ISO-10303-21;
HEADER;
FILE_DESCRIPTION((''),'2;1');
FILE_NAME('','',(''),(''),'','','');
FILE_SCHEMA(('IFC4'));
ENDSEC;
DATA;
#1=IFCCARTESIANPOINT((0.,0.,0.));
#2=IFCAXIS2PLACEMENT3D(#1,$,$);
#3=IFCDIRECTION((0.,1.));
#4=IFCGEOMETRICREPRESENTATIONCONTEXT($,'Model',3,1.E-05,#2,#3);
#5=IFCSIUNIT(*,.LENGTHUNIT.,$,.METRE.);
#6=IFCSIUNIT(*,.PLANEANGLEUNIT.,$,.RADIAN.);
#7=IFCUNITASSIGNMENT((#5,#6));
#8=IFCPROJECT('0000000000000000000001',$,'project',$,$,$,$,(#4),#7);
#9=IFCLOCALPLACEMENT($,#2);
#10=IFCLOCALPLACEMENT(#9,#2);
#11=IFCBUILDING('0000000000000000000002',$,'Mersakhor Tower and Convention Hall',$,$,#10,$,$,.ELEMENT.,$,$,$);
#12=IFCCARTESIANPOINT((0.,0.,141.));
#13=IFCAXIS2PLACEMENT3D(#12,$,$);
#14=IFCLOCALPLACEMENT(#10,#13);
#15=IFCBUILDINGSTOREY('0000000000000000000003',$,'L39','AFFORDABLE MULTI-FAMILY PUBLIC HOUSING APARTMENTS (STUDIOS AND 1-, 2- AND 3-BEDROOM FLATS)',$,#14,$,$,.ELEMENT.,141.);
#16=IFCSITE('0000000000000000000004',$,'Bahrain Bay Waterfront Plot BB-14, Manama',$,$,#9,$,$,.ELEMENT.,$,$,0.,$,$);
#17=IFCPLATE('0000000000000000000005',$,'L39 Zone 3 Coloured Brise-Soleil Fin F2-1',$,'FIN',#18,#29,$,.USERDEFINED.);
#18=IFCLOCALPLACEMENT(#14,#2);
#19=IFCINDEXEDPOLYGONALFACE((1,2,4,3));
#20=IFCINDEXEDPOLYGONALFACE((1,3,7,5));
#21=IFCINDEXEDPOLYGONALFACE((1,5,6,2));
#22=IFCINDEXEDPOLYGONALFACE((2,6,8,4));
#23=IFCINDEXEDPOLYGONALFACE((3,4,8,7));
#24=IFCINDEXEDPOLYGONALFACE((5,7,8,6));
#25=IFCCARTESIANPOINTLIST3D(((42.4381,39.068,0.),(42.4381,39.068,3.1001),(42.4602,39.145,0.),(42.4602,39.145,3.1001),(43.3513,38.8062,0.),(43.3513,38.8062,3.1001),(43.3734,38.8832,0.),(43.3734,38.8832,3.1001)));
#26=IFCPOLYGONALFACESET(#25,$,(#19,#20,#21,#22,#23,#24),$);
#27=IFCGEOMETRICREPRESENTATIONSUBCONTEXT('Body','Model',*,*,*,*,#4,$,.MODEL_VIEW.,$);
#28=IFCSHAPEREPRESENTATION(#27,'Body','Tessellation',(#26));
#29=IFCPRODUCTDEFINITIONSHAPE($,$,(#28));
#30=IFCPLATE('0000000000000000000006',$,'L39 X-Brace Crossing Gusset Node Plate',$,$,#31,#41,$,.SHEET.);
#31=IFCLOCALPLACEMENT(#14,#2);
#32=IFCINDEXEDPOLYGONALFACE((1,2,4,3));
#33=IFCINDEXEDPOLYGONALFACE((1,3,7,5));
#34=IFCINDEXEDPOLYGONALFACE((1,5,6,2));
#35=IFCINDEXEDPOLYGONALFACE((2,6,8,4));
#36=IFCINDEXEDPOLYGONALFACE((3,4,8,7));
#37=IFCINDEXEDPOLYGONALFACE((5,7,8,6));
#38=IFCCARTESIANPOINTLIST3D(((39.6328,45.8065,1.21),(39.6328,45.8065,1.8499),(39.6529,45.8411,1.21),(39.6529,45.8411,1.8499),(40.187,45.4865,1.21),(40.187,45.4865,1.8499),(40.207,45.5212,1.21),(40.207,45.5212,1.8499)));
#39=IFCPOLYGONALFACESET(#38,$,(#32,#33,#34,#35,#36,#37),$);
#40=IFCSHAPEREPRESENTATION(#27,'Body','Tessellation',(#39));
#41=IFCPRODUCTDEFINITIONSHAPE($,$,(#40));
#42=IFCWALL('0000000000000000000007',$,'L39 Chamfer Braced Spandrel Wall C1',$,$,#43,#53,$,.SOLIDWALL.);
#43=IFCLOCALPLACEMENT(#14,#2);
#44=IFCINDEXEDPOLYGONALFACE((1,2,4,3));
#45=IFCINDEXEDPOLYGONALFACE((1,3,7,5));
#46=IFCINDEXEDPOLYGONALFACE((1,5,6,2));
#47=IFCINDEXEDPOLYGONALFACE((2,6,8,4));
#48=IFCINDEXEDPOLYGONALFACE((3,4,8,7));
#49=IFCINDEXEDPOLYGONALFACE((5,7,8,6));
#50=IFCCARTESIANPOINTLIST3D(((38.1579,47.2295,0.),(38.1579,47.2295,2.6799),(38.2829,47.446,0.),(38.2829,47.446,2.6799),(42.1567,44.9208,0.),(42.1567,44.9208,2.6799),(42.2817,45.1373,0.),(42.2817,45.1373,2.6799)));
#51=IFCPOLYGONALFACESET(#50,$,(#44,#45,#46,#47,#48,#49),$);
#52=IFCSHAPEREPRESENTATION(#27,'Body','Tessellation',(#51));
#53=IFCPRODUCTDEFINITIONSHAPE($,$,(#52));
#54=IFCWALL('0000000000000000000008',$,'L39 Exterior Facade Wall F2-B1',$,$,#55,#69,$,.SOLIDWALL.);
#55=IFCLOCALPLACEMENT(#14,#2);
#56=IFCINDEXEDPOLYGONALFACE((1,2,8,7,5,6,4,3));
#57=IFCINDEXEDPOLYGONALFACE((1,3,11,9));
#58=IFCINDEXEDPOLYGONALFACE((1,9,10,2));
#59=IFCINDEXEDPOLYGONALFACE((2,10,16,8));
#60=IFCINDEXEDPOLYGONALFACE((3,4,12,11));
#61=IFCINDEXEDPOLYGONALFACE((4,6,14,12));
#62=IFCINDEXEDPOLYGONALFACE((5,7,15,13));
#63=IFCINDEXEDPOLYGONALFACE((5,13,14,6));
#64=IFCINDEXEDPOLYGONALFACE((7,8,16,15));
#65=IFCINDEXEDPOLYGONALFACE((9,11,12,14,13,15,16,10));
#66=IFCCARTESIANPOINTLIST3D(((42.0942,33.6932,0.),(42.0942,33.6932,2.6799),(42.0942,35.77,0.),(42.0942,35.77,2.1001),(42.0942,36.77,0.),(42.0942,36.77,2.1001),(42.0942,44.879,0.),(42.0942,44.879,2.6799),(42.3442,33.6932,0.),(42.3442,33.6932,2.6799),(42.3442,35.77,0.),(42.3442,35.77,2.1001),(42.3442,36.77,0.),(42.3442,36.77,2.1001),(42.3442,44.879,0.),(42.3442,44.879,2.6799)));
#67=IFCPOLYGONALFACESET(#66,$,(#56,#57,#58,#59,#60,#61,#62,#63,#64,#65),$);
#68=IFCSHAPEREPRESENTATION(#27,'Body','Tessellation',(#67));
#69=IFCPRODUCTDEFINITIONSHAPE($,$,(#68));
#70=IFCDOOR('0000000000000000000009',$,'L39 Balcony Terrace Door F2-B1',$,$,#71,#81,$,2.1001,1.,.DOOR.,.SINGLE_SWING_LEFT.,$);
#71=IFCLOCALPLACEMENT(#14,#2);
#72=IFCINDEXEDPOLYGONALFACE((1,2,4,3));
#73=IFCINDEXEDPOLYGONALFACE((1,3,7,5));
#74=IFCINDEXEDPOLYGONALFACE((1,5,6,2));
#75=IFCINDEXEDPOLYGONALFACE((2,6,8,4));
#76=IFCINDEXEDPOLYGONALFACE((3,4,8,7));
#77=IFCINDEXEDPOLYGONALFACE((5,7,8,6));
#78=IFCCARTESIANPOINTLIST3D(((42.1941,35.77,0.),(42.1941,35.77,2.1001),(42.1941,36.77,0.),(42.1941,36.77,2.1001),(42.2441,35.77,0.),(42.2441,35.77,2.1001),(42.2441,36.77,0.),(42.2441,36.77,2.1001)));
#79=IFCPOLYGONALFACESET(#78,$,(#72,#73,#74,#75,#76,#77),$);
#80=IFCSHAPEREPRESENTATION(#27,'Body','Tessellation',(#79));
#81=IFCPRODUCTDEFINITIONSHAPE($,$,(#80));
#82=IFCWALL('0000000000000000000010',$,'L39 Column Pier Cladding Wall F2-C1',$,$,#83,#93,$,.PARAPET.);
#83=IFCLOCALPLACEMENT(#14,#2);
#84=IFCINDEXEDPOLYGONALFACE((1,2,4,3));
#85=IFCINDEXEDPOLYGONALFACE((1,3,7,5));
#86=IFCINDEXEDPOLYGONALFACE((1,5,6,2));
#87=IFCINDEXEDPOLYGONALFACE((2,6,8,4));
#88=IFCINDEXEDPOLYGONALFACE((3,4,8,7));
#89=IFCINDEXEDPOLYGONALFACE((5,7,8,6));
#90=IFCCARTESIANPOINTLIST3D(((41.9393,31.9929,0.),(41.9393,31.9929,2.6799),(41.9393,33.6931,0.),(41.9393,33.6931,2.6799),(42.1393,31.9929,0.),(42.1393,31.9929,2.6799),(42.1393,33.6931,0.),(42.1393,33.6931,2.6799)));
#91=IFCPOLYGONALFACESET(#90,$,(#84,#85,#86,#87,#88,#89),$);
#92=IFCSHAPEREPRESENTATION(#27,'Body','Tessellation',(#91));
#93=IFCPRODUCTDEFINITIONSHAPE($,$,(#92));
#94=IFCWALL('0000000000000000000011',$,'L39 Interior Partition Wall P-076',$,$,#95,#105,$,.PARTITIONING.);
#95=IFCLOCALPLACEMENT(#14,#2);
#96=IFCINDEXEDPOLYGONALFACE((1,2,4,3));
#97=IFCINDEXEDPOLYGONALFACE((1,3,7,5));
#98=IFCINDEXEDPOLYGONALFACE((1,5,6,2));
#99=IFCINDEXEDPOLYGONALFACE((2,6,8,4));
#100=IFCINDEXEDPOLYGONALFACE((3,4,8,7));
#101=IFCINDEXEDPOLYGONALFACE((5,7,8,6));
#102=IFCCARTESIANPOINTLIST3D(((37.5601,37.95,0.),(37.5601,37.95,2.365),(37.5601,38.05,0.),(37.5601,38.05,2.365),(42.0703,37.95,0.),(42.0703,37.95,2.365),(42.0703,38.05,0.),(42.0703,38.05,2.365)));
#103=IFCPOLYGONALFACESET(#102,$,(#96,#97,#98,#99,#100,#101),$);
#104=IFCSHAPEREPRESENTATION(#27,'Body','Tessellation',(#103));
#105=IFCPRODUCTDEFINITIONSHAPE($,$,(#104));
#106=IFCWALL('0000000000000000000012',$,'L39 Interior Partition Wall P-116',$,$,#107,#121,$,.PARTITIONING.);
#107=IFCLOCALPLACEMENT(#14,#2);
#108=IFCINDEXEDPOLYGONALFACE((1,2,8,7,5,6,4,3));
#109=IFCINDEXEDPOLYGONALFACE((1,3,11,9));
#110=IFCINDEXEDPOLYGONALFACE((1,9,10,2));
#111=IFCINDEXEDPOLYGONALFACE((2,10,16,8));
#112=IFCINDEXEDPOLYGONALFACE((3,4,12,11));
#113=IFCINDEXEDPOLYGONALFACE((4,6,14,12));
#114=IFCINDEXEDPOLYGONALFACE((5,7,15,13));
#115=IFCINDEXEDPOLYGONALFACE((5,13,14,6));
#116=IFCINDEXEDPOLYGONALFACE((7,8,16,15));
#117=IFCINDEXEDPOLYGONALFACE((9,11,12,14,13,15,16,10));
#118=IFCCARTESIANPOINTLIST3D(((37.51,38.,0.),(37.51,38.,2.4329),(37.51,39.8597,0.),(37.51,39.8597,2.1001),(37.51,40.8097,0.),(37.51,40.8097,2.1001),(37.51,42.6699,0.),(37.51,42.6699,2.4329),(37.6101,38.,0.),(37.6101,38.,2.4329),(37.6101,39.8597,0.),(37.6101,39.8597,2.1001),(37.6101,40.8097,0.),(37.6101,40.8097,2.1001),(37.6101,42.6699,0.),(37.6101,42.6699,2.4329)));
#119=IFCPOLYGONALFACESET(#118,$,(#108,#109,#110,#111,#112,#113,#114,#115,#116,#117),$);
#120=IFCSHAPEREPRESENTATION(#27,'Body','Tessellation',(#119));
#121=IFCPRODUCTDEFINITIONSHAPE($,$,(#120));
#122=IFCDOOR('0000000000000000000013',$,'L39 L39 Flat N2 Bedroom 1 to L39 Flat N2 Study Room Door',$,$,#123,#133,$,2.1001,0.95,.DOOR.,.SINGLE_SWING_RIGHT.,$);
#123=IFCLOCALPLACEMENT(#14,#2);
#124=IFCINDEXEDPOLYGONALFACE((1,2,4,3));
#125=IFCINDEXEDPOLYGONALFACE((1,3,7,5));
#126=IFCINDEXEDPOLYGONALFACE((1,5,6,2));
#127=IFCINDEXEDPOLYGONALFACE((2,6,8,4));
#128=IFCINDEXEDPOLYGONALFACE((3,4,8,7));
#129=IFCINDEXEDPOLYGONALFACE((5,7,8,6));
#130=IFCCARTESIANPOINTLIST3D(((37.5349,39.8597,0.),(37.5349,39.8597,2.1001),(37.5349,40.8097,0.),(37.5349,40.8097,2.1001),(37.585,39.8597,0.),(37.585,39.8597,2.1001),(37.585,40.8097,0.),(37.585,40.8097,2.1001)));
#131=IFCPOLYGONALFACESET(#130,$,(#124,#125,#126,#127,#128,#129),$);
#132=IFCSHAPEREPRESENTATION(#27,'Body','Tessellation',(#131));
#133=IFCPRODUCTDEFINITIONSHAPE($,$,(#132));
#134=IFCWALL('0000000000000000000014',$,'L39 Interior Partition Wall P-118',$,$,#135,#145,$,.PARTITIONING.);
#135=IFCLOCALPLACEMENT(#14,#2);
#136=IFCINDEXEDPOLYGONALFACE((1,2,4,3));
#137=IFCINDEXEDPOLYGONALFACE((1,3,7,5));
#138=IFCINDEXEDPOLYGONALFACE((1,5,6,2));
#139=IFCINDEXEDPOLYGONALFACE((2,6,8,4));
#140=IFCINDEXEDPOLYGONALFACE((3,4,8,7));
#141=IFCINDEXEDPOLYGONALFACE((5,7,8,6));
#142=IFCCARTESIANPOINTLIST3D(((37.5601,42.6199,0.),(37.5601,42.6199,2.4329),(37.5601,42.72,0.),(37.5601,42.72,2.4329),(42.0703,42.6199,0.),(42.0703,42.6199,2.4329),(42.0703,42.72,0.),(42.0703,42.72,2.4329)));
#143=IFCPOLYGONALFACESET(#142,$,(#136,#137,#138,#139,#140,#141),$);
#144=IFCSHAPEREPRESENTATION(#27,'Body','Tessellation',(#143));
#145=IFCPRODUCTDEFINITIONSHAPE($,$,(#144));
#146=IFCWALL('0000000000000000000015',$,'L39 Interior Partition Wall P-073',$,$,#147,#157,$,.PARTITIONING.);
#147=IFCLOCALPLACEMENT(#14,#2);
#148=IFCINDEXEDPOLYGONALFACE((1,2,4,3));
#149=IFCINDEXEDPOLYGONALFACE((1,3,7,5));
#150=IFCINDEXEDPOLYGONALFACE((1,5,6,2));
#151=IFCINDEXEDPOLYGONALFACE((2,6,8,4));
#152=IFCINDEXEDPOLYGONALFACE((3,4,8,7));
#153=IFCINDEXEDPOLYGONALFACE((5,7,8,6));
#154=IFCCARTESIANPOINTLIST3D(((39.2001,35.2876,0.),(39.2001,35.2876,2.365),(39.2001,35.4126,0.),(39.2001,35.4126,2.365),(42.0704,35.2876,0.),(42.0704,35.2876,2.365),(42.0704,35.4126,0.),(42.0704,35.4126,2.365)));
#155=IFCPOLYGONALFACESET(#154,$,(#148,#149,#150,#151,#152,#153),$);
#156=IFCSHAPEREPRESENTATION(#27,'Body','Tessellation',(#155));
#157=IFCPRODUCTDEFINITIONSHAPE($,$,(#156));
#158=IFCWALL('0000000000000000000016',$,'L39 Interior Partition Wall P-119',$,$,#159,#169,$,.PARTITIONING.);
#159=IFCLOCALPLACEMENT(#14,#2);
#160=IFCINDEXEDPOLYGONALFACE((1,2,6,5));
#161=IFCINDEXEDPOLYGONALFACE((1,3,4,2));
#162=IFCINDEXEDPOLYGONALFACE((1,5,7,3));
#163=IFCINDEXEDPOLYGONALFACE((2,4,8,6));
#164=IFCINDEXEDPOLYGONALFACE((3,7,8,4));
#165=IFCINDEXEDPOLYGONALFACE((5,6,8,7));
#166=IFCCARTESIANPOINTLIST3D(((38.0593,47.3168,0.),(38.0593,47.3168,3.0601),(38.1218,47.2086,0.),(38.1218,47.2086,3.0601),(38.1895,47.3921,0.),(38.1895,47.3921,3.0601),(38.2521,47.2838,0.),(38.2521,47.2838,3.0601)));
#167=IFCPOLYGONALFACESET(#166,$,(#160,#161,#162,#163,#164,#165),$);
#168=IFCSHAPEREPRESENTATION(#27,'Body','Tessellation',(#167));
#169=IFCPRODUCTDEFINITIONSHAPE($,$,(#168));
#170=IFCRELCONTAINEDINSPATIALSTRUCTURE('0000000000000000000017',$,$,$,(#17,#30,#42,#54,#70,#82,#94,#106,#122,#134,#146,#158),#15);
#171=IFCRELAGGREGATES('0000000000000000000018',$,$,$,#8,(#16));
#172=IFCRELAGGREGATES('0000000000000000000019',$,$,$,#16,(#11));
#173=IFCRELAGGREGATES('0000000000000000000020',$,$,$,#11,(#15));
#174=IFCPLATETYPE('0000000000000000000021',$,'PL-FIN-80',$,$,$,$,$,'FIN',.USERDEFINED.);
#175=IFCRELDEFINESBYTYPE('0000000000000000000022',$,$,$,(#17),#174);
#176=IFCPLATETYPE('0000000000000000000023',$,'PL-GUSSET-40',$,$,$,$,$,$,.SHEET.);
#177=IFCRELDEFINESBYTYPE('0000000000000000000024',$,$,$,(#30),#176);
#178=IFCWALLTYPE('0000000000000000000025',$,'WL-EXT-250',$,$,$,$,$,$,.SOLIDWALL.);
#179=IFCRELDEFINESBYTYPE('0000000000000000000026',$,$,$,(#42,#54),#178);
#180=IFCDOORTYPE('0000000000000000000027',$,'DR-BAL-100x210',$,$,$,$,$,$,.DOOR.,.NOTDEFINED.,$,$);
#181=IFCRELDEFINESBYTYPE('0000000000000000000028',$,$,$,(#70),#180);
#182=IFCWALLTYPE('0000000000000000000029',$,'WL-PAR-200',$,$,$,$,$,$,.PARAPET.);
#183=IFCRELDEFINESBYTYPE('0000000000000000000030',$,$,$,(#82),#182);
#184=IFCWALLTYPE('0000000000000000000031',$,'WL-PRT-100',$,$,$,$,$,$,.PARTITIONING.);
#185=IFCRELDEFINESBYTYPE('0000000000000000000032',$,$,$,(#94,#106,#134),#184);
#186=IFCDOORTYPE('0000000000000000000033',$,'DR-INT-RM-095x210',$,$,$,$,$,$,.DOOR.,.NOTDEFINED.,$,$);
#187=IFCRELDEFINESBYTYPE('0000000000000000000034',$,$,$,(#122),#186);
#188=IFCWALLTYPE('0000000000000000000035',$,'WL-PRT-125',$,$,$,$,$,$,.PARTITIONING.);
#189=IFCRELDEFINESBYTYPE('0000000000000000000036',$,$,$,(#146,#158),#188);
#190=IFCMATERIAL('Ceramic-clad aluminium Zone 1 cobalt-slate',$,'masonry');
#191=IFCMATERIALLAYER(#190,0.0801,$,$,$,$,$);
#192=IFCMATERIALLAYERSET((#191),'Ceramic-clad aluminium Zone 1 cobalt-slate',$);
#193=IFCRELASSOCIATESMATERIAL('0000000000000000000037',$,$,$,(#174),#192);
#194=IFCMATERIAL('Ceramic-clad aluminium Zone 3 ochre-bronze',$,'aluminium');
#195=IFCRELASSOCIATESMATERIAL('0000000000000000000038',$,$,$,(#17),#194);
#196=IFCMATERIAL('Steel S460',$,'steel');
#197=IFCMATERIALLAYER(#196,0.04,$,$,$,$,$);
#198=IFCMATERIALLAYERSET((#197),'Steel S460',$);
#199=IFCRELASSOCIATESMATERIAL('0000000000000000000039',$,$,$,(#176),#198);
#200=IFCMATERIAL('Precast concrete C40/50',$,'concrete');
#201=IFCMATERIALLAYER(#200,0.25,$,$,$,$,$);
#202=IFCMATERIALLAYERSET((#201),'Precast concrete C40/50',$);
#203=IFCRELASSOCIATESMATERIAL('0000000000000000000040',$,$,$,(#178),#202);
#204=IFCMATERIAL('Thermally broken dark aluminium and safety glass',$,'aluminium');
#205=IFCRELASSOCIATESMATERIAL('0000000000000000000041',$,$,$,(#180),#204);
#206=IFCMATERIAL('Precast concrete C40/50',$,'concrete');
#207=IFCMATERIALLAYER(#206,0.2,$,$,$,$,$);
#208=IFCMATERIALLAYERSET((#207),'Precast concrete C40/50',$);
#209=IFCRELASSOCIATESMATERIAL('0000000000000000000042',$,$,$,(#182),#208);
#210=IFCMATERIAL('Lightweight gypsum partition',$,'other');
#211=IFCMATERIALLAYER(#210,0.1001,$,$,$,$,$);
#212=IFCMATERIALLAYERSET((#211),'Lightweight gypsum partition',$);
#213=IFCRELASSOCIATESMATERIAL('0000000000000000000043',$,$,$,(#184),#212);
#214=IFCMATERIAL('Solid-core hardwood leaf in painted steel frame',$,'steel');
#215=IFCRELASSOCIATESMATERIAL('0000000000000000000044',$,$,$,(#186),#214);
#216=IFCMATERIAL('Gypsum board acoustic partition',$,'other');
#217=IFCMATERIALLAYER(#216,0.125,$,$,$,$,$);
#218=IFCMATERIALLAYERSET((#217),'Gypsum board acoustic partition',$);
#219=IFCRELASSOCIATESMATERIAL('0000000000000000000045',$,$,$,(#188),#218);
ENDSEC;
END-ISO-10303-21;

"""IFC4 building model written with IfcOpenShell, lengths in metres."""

from ifc_helpers import new_model, si_unit, direction, frame, frame_2d, origin, origin_2d, place, context, subcontext, project, spatial, rectangle, extrude, material, layer, layer_set, type_object, element, fill, save


model = new_model("IFC4")

# Units and contexts
model_context = context("Model", 3, precision=1e-05, world=origin(), true_north=direction((0.0, 1.0)))
body_context = subcontext(model_context, "Body", "Model", "MODEL_VIEW")
ifc_project = project(units=[si_unit("LENGTHUNIT", "METRE"), si_unit("PLANEANGLEUNIT", "RADIAN")], contexts=[model_context])

# Site, building, storey
site_placement = place(None, origin())
site = spatial("IfcSite", under=ifc_project, at=site_placement, Name="Bahrain Bay Waterfront Plot BB-14, Manama", CompositionType="ELEMENT", RefElevation=0.0)
building_placement = place(site_placement, origin())
building = spatial("IfcBuilding", under=site, at=building_placement, Name="Mersakhor Tower and Convention Hall", CompositionType="ELEMENT")
storey_placement = place(building_placement, frame((0.0, 0.0, 141.0)))
storey = spatial("IfcBuildingStorey", under=building, at=storey_placement, Name="L39", Description="AFFORDABLE MULTI-FAMILY PUBLIC HOUSING APARTMENTS (STUDIOS AND 1-, 2- AND 3-BEDROOM FLATS)", CompositionType="ELEMENT", Elevation=141.0)

# Plates
ifc_material_1 = material(Name="Ceramic-clad aluminium Zone 3 ochre-bronze", Category="aluminium")
ifc_material_2 = material(Name="Ceramic-clad aluminium Zone 1 cobalt-slate", Category="masonry")
ifc_layer_1 = layer(ifc_material_2, 0.0801)
ifc_layer_set_1 = layer_set([ifc_layer_1], Name="Ceramic-clad aluminium Zone 1 cobalt-slate")
plate_type_1 = type_object("IfcPlateType", Name="PL-FIN-80", ElementType="FIN", PredefinedType="USERDEFINED", material=ifc_layer_set_1)
plate_1_placement = place(storey_placement, frame((42.9058, 38.9756, 0.0), z_axis=(0.0, 0.0, 1.0), x_axis=(0.961262, -0.275637, 0.0)))
element("IfcPlate", 1, at=plate_1_placement, inside=storey, type_object=plate_type_1, material=ifc_material_1, Name="L39 Zone 3 Coloured Brise-Soleil Fin F2-1", ObjectType="FIN", PredefinedType="USERDEFINED", context=body_context, shape_type="SweptSolid", body=[
    extrude(rectangle(XDim=0.95, YDim=0.0801, at=origin_2d()), origin(), (0.0, 0.0, 1.0), 3.1001),
])
ifc_material_3 = material(Name="Steel S460", Category="steel")
ifc_layer_2 = layer(ifc_material_3, 0.04)
ifc_layer_set_2 = layer_set([ifc_layer_2], Name="Steel S460")
plate_type_2 = type_object("IfcPlateType", Name="PL-GUSSET-40", PredefinedType="SHEET", material=ifc_layer_set_2)
plate_2_placement = place(storey_placement, frame((39.9199, 45.6638, 1.21), z_axis=(0.0, 0.0, 1.0), x_axis=(-0.866025, 0.5, 0.0)))
element("IfcPlate", 2, at=plate_2_placement, inside=storey, type_object=plate_type_2, Name="L39 X-Brace Crossing Gusset Node Plate", PredefinedType="SHEET", context=body_context, shape_type="SweptSolid", body=[
    extrude(rectangle(XDim=0.6399, YDim=0.04, at=origin_2d()), origin(), (0.0, 0.0, 1.0), 0.6399),
])

# Wall
ifc_material_4 = material(Name="Precast concrete C40/50", Category="concrete")
ifc_layer_3 = layer(ifc_material_4, 0.25)
ifc_layer_set_3 = layer_set([ifc_layer_3], Name="Precast concrete C40/50")
wall_type_1 = type_object("IfcWallType", Name="WL-EXT-250", PredefinedType="SOLIDWALL", material=ifc_layer_set_3)
wall_1_placement = place(storey_placement, frame((38.2205, 47.3376, 0.0), z_axis=(0.0, 0.0, 1.0), x_axis=(0.866035, -0.499983, 0.0)))
element("IfcWall", 3, at=wall_1_placement, inside=storey, type_object=wall_type_1, Name="L39 Chamfer Braced Spandrel Wall C1", PredefinedType="SOLIDWALL", context=body_context, shape_type="SweptSolid", body=[
    extrude(rectangle(XDim=4.6174, YDim=0.25, at=frame_2d((2.3086, 0.0))), origin(), (0.0, 0.0, 1.0), 2.6799),
])

# Wall, opening, door
wall_2_placement = place(storey_placement, frame((42.2192, 44.8789, 0.0), z_axis=(0.0, 0.0, 1.0), x_axis=(0.0, -1.0, 0.0)))
wall_2 = element("IfcWall", 4, at=wall_2_placement, inside=storey, type_object=wall_type_1, Name="L39 Exterior Facade Wall F2-B1", PredefinedType="SOLIDWALL", context=body_context, shape_type="SweptSolid", body=[
    extrude(rectangle(XDim=11.1858, YDim=0.25, at=frame_2d((5.5928, 0.0))), origin(), (0.0, 0.0, 1.0), 2.6799),
])
opening_1_placement = place(wall_2_placement, frame((8.1089, 0.0, 0.0)))
opening_1 = element("IfcOpeningElement", 5, at=opening_1_placement, cuts=wall_2, PredefinedType="OPENING", context=body_context, shape_type="SweptSolid", body=[
    extrude(rectangle(XDim=1.0, YDim=2.1001, at=frame_2d((0.5, 1.05))), frame((0.0, 0.135, 0.0), z_axis=(0.0, -1.0, 0.0), x_axis=(1.0, 0.0, 0.0)), (0.0, 0.0, 1.0), 0.27),
])
ifc_material_5 = material(Name="Thermally broken dark aluminium and safety glass", Category="aluminium")
door_type_1 = type_object("IfcDoorType", Name="DR-BAL-100x210", OperationType="NOTDEFINED", PredefinedType="DOOR", material=ifc_material_5)
door_1_placement = place(opening_1_placement, origin())
door_1 = element("IfcDoor", 6, at=door_1_placement, inside=storey, type_object=door_type_1, Name="L39 Balcony Terrace Door F2-B1", OperationType="SINGLE_SWING_LEFT", OverallHeight=2.1001, OverallWidth=1.0, PredefinedType="DOOR", context=body_context, shape_type="SweptSolid", body=[
    extrude(rectangle(XDim=1.0, YDim=2.1001, at=frame_2d((0.5, 1.05))), frame((0.0, 0.0249, 0.0), z_axis=(0.0, -1.0, 0.0), x_axis=(1.0, 0.0, 0.0)), (0.0, 0.0, 1.0), 0.05),
])
fill(opening_1, door_1)

# Walls
ifc_material_6 = material(Name="Precast concrete C40/50", Category="concrete")
ifc_layer_4 = layer(ifc_material_6, 0.2)
ifc_layer_set_4 = layer_set([ifc_layer_4], Name="Precast concrete C40/50")
wall_type_2 = type_object("IfcWallType", Name="WL-PAR-200", PredefinedType="PARAPET", material=ifc_layer_set_4)
wall_3_placement = place(storey_placement, frame((42.0393, 33.6931, 0.0), z_axis=(0.0, 0.0, 1.0), x_axis=(0.0, -1.0, 0.0)))
element("IfcWall", 7, at=wall_3_placement, inside=storey, type_object=wall_type_2, Name="L39 Column Pier Cladding Wall F2-C1", PredefinedType="PARAPET", context=body_context, shape_type="SweptSolid", body=[
    extrude(rectangle(XDim=1.7002, YDim=0.2, at=frame_2d((0.8501, 0.0))), origin(), (0.0, 0.0, 1.0), 2.6799),
])
ifc_material_7 = material(Name="Lightweight gypsum partition", Category="other")
ifc_layer_5 = layer(ifc_material_7, 0.1001)
ifc_layer_set_5 = layer_set([ifc_layer_5], Name="Lightweight gypsum partition")
wall_type_3 = type_object("IfcWallType", Name="WL-PRT-100", PredefinedType="PARTITIONING", material=ifc_layer_set_5)
wall_4_placement = place(storey_placement, frame((37.5601, 38.0, 0.0), z_axis=(0.0, 0.0, 1.0), x_axis=(1.0, 0.0, 0.0)))
element("IfcWall", 8, at=wall_4_placement, inside=storey, type_object=wall_type_3, Name="L39 Interior Partition Wall P-076", PredefinedType="PARTITIONING", context=body_context, shape_type="SweptSolid", body=[
    extrude(rectangle(XDim=4.5103, YDim=0.1001, at=frame_2d((2.2551, 0.0))), origin(), (0.0, 0.0, 1.0), 2.365),
])

# Wall, opening, door
wall_5_placement = place(storey_placement, frame((37.5601, 42.6699, 0.0), z_axis=(0.0, 0.0, 1.0), x_axis=(0.0, -1.0, 0.0)))
wall_5 = element("IfcWall", 9, at=wall_5_placement, inside=storey, type_object=wall_type_3, Name="L39 Interior Partition Wall P-116", PredefinedType="PARTITIONING", context=body_context, shape_type="SweptSolid", body=[
    extrude(rectangle(XDim=4.6699, YDim=0.1001, at=frame_2d((2.335, 0.0))), origin(), (0.0, 0.0, 1.0), 2.4329),
])
opening_2_placement = place(wall_5_placement, frame((1.8601, 0.0, 0.0)))
opening_2 = element("IfcOpeningElement", 10, at=opening_2_placement, cuts=wall_5, PredefinedType="OPENING", context=body_context, shape_type="SweptSolid", body=[
    extrude(rectangle(XDim=0.95, YDim=2.1001, at=frame_2d((0.4751, 1.05))), frame((0.0, 0.0601, 0.0), z_axis=(0.0, -1.0, 0.0), x_axis=(1.0, 0.0, 0.0)), (0.0, 0.0, 1.0), 0.1201),
])
ifc_material_8 = material(Name="Solid-core hardwood leaf in painted steel frame", Category="steel")
door_type_2 = type_object("IfcDoorType", Name="DR-INT-RM-095x210", OperationType="NOTDEFINED", PredefinedType="DOOR", material=ifc_material_8)
door_2_placement = place(opening_2_placement, origin())
door_2 = element("IfcDoor", 11, at=door_2_placement, inside=storey, type_object=door_type_2, Name="L39 L39 Flat N2 Bedroom 1 to L39 Flat N2 Study Room Door", OperationType="SINGLE_SWING_RIGHT", OverallHeight=2.1001, OverallWidth=0.95, PredefinedType="DOOR", context=body_context, shape_type="SweptSolid", body=[
    extrude(rectangle(XDim=0.95, YDim=2.1001, at=frame_2d((0.4751, 1.05))), frame((0.0, 0.0249, 0.0), z_axis=(0.0, -1.0, 0.0), x_axis=(1.0, 0.0, 0.0)), (0.0, 0.0, 1.0), 0.05),
])
fill(opening_2, door_2)

# Walls
wall_6_placement = place(storey_placement, frame((37.5601, 42.6699, 0.0), z_axis=(0.0, 0.0, 1.0), x_axis=(1.0, 0.0, 0.0)))
element("IfcWall", 12, at=wall_6_placement, inside=storey, type_object=wall_type_3, Name="L39 Interior Partition Wall P-118", PredefinedType="PARTITIONING", context=body_context, shape_type="SweptSolid", body=[
    extrude(rectangle(XDim=4.5103, YDim=0.1001, at=frame_2d((2.2551, 0.0))), origin(), (0.0, 0.0, 1.0), 2.4329),
])
ifc_material_9 = material(Name="Gypsum board acoustic partition", Category="other")
ifc_layer_6 = layer(ifc_material_9, 0.125)
ifc_layer_set_6 = layer_set([ifc_layer_6], Name="Gypsum board acoustic partition")
wall_type_4 = type_object("IfcWallType", Name="WL-PRT-125", PredefinedType="PARTITIONING", material=ifc_layer_set_6)
wall_7_placement = place(storey_placement, frame((42.0703, 35.3501, 0.0), z_axis=(0.0, 0.0, 1.0), x_axis=(-1.0, 0.0, 0.0)))
element("IfcWall", 13, at=wall_7_placement, inside=storey, type_object=wall_type_4, Name="L39 Interior Partition Wall P-073", PredefinedType="PARTITIONING", context=body_context, shape_type="SweptSolid", body=[
    extrude(rectangle(XDim=2.8704, YDim=0.125, at=frame_2d((1.4351, 0.0))), origin(), (0.0, 0.0, 1.0), 2.365),
])
wall_8_placement = place(storey_placement, frame((38.0906, 47.2627, 0.0), z_axis=(0.0, 0.0, 1.0), x_axis=(0.865834, 0.500332, 0.0)))
element("IfcWall", 14, at=wall_8_placement, inside=storey, type_object=wall_type_4, Name="L39 Interior Partition Wall P-119", PredefinedType="PARTITIONING", context=body_context, shape_type="SweptSolid", body=[
    extrude(rectangle(XDim=0.1504, YDim=0.125, at=frame_2d((0.0752, 0.0))), origin(), (0.0, 0.0, 1.0), 3.0601),
])

save(model, "model.ifc")
